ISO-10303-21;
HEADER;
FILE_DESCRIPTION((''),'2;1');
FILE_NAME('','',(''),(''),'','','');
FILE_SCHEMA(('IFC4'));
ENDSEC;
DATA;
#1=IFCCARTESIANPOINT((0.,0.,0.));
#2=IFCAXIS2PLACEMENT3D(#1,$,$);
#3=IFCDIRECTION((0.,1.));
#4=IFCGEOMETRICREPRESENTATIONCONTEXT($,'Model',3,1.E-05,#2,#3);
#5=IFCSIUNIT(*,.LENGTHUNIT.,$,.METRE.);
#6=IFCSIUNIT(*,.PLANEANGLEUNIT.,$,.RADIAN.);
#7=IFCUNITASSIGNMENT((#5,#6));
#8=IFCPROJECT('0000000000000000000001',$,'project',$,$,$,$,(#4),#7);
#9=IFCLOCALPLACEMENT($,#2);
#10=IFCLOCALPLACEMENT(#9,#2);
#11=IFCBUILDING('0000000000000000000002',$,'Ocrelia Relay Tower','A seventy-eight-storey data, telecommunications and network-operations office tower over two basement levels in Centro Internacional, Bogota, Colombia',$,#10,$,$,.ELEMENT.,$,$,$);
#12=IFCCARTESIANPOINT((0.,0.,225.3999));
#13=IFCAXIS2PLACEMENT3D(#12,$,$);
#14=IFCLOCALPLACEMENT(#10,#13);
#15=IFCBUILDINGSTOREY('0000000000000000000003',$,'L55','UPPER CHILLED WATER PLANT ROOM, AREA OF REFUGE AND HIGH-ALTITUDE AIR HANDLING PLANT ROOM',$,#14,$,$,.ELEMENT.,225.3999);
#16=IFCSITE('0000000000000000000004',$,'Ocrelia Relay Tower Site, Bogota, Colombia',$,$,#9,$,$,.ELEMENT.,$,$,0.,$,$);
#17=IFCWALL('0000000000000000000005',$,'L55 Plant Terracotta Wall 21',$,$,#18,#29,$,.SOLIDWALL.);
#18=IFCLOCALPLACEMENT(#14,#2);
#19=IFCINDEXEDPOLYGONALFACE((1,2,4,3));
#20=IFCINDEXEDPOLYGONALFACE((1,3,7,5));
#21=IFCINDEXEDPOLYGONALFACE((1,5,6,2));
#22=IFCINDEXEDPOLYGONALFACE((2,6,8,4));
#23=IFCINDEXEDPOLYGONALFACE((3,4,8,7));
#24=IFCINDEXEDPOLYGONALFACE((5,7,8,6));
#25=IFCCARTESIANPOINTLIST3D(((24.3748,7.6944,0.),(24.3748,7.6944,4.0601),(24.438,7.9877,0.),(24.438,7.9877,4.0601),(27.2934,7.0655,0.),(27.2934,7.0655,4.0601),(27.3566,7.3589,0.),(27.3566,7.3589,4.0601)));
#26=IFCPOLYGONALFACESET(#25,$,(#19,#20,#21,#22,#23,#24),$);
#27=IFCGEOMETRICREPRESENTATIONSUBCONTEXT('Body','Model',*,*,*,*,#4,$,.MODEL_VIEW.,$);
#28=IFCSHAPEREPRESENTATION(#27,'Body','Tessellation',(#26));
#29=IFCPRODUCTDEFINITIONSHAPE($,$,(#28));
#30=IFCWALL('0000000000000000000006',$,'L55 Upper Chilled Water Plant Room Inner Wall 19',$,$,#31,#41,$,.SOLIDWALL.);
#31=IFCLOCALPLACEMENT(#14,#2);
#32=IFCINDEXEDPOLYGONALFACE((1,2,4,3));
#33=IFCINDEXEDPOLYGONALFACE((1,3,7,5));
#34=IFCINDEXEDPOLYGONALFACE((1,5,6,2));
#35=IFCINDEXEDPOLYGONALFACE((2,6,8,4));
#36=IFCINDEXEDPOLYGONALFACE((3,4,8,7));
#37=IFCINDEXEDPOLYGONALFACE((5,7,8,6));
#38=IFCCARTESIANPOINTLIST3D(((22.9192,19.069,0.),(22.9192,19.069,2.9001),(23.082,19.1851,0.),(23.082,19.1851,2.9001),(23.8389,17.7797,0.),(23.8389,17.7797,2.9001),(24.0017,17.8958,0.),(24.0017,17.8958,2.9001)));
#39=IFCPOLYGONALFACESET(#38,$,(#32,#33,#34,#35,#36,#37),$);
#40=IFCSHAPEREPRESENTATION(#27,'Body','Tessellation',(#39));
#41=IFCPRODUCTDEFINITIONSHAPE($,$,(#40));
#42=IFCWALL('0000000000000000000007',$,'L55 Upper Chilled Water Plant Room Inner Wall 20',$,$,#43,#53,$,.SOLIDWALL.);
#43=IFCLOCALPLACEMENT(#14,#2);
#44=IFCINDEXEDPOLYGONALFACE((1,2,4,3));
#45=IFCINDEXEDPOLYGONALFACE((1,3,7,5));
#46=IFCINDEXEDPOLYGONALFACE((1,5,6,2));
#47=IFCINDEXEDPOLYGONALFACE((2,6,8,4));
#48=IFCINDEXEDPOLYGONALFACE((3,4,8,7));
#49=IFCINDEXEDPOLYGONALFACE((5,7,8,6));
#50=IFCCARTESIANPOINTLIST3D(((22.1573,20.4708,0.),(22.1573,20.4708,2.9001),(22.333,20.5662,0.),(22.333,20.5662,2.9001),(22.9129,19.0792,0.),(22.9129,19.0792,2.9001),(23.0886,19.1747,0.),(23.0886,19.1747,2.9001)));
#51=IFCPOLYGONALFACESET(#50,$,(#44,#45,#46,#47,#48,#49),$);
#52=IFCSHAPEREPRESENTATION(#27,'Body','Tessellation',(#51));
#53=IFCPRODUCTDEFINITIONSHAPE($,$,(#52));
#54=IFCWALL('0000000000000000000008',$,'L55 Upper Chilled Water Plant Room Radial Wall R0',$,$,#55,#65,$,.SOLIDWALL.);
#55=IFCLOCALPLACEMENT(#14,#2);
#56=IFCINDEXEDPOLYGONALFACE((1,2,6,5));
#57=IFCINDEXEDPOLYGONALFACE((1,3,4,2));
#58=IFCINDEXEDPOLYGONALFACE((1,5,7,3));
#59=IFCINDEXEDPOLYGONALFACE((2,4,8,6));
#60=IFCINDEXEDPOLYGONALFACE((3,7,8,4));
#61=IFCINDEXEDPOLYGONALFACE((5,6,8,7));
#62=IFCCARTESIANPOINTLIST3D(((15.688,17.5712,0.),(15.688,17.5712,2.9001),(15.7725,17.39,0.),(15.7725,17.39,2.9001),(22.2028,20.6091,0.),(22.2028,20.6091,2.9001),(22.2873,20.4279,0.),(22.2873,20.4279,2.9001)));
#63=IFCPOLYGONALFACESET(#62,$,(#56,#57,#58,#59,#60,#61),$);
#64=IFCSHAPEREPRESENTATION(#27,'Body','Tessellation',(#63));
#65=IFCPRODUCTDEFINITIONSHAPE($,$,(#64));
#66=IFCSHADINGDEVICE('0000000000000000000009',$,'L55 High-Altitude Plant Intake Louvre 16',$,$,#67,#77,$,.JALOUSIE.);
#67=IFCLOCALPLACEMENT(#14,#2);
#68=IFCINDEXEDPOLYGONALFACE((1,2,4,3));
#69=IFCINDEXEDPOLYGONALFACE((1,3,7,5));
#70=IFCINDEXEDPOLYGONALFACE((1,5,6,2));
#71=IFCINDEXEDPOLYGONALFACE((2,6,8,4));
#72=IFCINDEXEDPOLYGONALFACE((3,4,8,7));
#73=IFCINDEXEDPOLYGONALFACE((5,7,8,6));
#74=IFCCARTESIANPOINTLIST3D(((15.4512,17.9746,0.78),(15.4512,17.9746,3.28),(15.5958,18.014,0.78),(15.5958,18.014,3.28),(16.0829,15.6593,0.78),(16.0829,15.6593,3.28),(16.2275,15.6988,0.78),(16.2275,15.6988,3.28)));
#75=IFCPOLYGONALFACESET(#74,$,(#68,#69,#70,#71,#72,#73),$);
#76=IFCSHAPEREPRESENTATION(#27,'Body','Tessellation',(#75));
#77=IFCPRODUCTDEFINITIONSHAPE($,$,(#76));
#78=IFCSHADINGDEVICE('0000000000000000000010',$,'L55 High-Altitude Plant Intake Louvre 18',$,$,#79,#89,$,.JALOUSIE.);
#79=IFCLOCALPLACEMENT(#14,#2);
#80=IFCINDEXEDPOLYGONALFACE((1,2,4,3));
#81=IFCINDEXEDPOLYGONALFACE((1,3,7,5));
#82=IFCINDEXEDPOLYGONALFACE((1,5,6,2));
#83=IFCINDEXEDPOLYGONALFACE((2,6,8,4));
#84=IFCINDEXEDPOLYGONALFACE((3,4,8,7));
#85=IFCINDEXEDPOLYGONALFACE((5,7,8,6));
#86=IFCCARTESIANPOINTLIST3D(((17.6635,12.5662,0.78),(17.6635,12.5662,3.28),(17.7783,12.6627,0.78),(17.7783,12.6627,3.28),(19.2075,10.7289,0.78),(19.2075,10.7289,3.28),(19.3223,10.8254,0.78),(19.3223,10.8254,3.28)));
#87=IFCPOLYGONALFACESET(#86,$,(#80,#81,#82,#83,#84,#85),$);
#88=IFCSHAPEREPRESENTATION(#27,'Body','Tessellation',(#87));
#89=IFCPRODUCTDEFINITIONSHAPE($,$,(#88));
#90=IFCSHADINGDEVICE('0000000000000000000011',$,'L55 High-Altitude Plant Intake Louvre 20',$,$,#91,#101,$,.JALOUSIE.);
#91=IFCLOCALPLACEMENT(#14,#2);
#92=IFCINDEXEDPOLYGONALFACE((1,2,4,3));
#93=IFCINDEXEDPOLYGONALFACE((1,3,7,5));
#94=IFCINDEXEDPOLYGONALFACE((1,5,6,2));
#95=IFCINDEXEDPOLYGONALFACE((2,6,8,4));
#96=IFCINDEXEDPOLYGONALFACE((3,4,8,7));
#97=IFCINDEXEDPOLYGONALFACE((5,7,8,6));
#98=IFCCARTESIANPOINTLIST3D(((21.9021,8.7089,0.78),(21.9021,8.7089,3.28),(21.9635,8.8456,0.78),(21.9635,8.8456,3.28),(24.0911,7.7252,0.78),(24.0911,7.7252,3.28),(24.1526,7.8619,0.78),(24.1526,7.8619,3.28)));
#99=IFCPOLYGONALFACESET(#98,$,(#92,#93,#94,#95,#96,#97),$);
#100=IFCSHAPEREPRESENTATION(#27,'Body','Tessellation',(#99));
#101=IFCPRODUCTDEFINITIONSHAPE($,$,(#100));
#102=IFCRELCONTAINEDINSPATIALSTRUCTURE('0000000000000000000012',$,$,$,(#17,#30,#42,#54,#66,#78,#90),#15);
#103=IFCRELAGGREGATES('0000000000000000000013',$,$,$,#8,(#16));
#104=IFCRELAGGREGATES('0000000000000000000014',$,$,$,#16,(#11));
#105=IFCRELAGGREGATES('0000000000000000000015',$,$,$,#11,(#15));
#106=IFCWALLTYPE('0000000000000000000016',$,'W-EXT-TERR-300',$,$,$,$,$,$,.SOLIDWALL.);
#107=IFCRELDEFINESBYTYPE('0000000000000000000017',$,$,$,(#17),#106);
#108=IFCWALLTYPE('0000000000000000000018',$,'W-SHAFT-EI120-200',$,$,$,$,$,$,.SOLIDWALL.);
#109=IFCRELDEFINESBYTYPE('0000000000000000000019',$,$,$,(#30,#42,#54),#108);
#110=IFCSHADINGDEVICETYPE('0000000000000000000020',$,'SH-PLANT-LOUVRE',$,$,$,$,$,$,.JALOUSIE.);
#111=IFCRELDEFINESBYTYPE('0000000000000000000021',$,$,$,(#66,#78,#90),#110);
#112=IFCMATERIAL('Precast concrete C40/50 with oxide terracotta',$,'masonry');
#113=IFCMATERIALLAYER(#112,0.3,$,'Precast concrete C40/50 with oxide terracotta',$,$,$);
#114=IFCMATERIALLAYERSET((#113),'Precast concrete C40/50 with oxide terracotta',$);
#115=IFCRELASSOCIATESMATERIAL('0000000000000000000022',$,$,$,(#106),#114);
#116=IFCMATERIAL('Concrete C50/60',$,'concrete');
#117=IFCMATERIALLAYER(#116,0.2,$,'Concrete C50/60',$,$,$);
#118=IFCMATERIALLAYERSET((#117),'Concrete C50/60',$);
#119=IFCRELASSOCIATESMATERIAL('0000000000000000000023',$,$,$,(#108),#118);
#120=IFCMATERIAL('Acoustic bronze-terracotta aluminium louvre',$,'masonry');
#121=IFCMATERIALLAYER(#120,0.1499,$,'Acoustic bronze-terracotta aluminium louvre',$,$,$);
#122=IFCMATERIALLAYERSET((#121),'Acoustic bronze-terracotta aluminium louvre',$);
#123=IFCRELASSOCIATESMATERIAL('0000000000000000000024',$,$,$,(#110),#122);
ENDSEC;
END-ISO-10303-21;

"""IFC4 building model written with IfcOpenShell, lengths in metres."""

from ifc_helpers import new_model, si_unit, direction, frame, frame_2d, origin, origin_2d, place, context, subcontext, project, spatial, rectangle, extrude, material, layer, layer_set, type_object, element, save


model = new_model("IFC4")

# Units and contexts
model_context = context("Model", 3, precision=1e-05, world=origin(), true_north=direction((0.0, 1.0)))
body_context = subcontext(model_context, "Body", "Model", "MODEL_VIEW")
ifc_project = project(units=[si_unit("LENGTHUNIT", "METRE"), si_unit("PLANEANGLEUNIT", "RADIAN")], contexts=[model_context])

# Site, building, storey
site_placement = place(None, origin())
site = spatial("IfcSite", under=ifc_project, at=site_placement, Name="Ocrelia Relay Tower Site, Bogota, Colombia", CompositionType="ELEMENT", RefElevation=0.0)
building_placement = place(site_placement, origin())
building = spatial("IfcBuilding", under=site, at=building_placement, Name="Ocrelia Relay Tower", Description="A seventy-eight-storey data, telecommunications and network-operations office tower over two basement levels in Centro Internacional, Bogota, Colombia", CompositionType="ELEMENT")
storey_placement = place(building_placement, frame((0.0, 0.0, 225.3999)))
storey = spatial("IfcBuildingStorey", under=building, at=storey_placement, Name="L55", Description="UPPER CHILLED WATER PLANT ROOM, AREA OF REFUGE AND HIGH-ALTITUDE AIR HANDLING PLANT ROOM", CompositionType="ELEMENT", Elevation=225.3999)

# Shared definitions
ifc_material_1 = material(Name="Concrete C50/60", Category="concrete")

# Walls
ifc_material_2 = material(Name="Precast concrete C40/50 with oxide terracotta", Category="masonry")
ifc_layer_1 = layer(ifc_material_2, 0.3, Name="Precast concrete C40/50 with oxide terracotta")
ifc_layer_set_1 = layer_set([ifc_layer_1], Name="Precast concrete C40/50 with oxide terracotta")
wall_type_1 = type_object("IfcWallType", Name="W-EXT-TERR-300", PredefinedType="SOLIDWALL", material=ifc_layer_set_1)
wall_1_placement = place(storey_placement, frame((24.4065, 7.8411, 0.0), z_axis=(0.0, 0.0, 1.0), x_axis=(0.977564, -0.21064, 0.0)))
element("IfcWall", 1, at=wall_1_placement, inside=storey, type_object=wall_type_1, Name="L55 Plant Terracotta Wall 21", PredefinedType="SOLIDWALL", context=body_context, shape_type="SweptSolid", body=[
    extrude(rectangle(XDim=2.9856, YDim=0.3, at=frame_2d((1.4927, 0.0))), origin(), (0.0, 0.0, 1.0), 4.0601),
])
ifc_layer_2 = layer(ifc_material_1, 0.2, Name="Concrete C50/60")
ifc_layer_set_2 = layer_set([ifc_layer_2], Name="Concrete C50/60")
wall_type_2 = type_object("IfcWallType", Name="W-SHAFT-EI120-200", PredefinedType="SOLIDWALL", material=ifc_layer_set_2)
wall_2_placement = place(storey_placement, frame((23.9204, 17.8376, 0.0), z_axis=(0.0, 0.0, 1.0), x_axis=(-0.580713, 0.814108, 0.0)))
element("IfcWall", 2, at=wall_2_placement, inside=storey, type_object=wall_type_2, Name="L55 Upper Chilled Water Plant Room Inner Wall 19", PredefinedType="SOLIDWALL", context=body_context, shape_type="SweptSolid", body=[
    extrude(rectangle(XDim=1.5837, YDim=0.2, at=frame_2d((0.792, 0.0))), origin(), (0.0, 0.0, 1.0), 2.9001),
])
wall_3_placement = place(storey_placement, frame((23.0007, 19.127, 0.0), z_axis=(0.0, 0.0, 1.0), x_axis=(-0.477177, 0.878807, 0.0)))
element("IfcWall", 3, at=wall_3_placement, inside=storey, type_object=wall_type_2, Name="L55 Upper Chilled Water Plant Room Inner Wall 20", PredefinedType="SOLIDWALL", context=body_context, shape_type="SweptSolid", body=[
    extrude(rectangle(XDim=1.5835, YDim=0.2, at=frame_2d((0.7917, 0.0))), origin(), (0.0, 0.0, 1.0), 2.9001),
])
wall_4_placement = place(storey_placement, frame((22.2451, 20.5186, 0.0), z_axis=(0.0, 0.0, 1.0), x_axis=(-0.906307, -0.42262, 0.0)))
element("IfcWall", 4, at=wall_4_placement, inside=storey, type_object=wall_type_2, Name="L55 Upper Chilled Water Plant Room Radial Wall R0", PredefinedType="SOLIDWALL", context=body_context, shape_type="SweptSolid", body=[
    extrude(rectangle(XDim=7.1882, YDim=0.2, at=frame_2d((3.5942, 0.0))), origin(), (0.0, 0.0, 1.0), 2.9001),
])

# Shading devices
ifc_material_3 = material(Name="Acoustic bronze-terracotta aluminium louvre", Category="masonry")
ifc_layer_3 = layer(ifc_material_3, 0.1499, Name="Acoustic bronze-terracotta aluminium louvre")
ifc_layer_set_3 = layer_set([ifc_layer_3], Name="Acoustic bronze-terracotta aluminium louvre")
shading_device_type = type_object("IfcShadingDeviceType", Name="SH-PLANT-LOUVRE", PredefinedType="JALOUSIE", material=ifc_layer_set_3)
for number, where, z_axis, x_axis, name in (
    (5, (15.8394, 16.8367, 0.78), (0.0, 0.0, 1.0), (0.263191, -0.964744, 0.0), "L55 High-Altitude Plant Intake Louvre 16"),
    (6, (18.4929, 11.6958, 0.78), (0.0, 0.0, 1.0), (0.643367, -0.765558, 0.0), "L55 High-Altitude Plant Intake Louvre 18"),
    (7, (23.0273, 8.2854, 0.78), (0.0, 0.0, 1.0), (0.912134, -0.409891, 0.0), "L55 High-Altitude Plant Intake Louvre 20"),
):
    element("IfcShadingDevice", number, at=place(storey_placement, frame(where, z_axis=z_axis, x_axis=x_axis)), inside=storey, type_object=shading_device_type, Name=name, PredefinedType="JALOUSIE", context=body_context, shape_type="SweptSolid", body=[
        extrude(rectangle(XDim=2.3999, YDim=0.1499, at=origin_2d()), origin(), (0.0, 0.0, 1.0), 2.5),
    ])

save(model, "model.ifc")
